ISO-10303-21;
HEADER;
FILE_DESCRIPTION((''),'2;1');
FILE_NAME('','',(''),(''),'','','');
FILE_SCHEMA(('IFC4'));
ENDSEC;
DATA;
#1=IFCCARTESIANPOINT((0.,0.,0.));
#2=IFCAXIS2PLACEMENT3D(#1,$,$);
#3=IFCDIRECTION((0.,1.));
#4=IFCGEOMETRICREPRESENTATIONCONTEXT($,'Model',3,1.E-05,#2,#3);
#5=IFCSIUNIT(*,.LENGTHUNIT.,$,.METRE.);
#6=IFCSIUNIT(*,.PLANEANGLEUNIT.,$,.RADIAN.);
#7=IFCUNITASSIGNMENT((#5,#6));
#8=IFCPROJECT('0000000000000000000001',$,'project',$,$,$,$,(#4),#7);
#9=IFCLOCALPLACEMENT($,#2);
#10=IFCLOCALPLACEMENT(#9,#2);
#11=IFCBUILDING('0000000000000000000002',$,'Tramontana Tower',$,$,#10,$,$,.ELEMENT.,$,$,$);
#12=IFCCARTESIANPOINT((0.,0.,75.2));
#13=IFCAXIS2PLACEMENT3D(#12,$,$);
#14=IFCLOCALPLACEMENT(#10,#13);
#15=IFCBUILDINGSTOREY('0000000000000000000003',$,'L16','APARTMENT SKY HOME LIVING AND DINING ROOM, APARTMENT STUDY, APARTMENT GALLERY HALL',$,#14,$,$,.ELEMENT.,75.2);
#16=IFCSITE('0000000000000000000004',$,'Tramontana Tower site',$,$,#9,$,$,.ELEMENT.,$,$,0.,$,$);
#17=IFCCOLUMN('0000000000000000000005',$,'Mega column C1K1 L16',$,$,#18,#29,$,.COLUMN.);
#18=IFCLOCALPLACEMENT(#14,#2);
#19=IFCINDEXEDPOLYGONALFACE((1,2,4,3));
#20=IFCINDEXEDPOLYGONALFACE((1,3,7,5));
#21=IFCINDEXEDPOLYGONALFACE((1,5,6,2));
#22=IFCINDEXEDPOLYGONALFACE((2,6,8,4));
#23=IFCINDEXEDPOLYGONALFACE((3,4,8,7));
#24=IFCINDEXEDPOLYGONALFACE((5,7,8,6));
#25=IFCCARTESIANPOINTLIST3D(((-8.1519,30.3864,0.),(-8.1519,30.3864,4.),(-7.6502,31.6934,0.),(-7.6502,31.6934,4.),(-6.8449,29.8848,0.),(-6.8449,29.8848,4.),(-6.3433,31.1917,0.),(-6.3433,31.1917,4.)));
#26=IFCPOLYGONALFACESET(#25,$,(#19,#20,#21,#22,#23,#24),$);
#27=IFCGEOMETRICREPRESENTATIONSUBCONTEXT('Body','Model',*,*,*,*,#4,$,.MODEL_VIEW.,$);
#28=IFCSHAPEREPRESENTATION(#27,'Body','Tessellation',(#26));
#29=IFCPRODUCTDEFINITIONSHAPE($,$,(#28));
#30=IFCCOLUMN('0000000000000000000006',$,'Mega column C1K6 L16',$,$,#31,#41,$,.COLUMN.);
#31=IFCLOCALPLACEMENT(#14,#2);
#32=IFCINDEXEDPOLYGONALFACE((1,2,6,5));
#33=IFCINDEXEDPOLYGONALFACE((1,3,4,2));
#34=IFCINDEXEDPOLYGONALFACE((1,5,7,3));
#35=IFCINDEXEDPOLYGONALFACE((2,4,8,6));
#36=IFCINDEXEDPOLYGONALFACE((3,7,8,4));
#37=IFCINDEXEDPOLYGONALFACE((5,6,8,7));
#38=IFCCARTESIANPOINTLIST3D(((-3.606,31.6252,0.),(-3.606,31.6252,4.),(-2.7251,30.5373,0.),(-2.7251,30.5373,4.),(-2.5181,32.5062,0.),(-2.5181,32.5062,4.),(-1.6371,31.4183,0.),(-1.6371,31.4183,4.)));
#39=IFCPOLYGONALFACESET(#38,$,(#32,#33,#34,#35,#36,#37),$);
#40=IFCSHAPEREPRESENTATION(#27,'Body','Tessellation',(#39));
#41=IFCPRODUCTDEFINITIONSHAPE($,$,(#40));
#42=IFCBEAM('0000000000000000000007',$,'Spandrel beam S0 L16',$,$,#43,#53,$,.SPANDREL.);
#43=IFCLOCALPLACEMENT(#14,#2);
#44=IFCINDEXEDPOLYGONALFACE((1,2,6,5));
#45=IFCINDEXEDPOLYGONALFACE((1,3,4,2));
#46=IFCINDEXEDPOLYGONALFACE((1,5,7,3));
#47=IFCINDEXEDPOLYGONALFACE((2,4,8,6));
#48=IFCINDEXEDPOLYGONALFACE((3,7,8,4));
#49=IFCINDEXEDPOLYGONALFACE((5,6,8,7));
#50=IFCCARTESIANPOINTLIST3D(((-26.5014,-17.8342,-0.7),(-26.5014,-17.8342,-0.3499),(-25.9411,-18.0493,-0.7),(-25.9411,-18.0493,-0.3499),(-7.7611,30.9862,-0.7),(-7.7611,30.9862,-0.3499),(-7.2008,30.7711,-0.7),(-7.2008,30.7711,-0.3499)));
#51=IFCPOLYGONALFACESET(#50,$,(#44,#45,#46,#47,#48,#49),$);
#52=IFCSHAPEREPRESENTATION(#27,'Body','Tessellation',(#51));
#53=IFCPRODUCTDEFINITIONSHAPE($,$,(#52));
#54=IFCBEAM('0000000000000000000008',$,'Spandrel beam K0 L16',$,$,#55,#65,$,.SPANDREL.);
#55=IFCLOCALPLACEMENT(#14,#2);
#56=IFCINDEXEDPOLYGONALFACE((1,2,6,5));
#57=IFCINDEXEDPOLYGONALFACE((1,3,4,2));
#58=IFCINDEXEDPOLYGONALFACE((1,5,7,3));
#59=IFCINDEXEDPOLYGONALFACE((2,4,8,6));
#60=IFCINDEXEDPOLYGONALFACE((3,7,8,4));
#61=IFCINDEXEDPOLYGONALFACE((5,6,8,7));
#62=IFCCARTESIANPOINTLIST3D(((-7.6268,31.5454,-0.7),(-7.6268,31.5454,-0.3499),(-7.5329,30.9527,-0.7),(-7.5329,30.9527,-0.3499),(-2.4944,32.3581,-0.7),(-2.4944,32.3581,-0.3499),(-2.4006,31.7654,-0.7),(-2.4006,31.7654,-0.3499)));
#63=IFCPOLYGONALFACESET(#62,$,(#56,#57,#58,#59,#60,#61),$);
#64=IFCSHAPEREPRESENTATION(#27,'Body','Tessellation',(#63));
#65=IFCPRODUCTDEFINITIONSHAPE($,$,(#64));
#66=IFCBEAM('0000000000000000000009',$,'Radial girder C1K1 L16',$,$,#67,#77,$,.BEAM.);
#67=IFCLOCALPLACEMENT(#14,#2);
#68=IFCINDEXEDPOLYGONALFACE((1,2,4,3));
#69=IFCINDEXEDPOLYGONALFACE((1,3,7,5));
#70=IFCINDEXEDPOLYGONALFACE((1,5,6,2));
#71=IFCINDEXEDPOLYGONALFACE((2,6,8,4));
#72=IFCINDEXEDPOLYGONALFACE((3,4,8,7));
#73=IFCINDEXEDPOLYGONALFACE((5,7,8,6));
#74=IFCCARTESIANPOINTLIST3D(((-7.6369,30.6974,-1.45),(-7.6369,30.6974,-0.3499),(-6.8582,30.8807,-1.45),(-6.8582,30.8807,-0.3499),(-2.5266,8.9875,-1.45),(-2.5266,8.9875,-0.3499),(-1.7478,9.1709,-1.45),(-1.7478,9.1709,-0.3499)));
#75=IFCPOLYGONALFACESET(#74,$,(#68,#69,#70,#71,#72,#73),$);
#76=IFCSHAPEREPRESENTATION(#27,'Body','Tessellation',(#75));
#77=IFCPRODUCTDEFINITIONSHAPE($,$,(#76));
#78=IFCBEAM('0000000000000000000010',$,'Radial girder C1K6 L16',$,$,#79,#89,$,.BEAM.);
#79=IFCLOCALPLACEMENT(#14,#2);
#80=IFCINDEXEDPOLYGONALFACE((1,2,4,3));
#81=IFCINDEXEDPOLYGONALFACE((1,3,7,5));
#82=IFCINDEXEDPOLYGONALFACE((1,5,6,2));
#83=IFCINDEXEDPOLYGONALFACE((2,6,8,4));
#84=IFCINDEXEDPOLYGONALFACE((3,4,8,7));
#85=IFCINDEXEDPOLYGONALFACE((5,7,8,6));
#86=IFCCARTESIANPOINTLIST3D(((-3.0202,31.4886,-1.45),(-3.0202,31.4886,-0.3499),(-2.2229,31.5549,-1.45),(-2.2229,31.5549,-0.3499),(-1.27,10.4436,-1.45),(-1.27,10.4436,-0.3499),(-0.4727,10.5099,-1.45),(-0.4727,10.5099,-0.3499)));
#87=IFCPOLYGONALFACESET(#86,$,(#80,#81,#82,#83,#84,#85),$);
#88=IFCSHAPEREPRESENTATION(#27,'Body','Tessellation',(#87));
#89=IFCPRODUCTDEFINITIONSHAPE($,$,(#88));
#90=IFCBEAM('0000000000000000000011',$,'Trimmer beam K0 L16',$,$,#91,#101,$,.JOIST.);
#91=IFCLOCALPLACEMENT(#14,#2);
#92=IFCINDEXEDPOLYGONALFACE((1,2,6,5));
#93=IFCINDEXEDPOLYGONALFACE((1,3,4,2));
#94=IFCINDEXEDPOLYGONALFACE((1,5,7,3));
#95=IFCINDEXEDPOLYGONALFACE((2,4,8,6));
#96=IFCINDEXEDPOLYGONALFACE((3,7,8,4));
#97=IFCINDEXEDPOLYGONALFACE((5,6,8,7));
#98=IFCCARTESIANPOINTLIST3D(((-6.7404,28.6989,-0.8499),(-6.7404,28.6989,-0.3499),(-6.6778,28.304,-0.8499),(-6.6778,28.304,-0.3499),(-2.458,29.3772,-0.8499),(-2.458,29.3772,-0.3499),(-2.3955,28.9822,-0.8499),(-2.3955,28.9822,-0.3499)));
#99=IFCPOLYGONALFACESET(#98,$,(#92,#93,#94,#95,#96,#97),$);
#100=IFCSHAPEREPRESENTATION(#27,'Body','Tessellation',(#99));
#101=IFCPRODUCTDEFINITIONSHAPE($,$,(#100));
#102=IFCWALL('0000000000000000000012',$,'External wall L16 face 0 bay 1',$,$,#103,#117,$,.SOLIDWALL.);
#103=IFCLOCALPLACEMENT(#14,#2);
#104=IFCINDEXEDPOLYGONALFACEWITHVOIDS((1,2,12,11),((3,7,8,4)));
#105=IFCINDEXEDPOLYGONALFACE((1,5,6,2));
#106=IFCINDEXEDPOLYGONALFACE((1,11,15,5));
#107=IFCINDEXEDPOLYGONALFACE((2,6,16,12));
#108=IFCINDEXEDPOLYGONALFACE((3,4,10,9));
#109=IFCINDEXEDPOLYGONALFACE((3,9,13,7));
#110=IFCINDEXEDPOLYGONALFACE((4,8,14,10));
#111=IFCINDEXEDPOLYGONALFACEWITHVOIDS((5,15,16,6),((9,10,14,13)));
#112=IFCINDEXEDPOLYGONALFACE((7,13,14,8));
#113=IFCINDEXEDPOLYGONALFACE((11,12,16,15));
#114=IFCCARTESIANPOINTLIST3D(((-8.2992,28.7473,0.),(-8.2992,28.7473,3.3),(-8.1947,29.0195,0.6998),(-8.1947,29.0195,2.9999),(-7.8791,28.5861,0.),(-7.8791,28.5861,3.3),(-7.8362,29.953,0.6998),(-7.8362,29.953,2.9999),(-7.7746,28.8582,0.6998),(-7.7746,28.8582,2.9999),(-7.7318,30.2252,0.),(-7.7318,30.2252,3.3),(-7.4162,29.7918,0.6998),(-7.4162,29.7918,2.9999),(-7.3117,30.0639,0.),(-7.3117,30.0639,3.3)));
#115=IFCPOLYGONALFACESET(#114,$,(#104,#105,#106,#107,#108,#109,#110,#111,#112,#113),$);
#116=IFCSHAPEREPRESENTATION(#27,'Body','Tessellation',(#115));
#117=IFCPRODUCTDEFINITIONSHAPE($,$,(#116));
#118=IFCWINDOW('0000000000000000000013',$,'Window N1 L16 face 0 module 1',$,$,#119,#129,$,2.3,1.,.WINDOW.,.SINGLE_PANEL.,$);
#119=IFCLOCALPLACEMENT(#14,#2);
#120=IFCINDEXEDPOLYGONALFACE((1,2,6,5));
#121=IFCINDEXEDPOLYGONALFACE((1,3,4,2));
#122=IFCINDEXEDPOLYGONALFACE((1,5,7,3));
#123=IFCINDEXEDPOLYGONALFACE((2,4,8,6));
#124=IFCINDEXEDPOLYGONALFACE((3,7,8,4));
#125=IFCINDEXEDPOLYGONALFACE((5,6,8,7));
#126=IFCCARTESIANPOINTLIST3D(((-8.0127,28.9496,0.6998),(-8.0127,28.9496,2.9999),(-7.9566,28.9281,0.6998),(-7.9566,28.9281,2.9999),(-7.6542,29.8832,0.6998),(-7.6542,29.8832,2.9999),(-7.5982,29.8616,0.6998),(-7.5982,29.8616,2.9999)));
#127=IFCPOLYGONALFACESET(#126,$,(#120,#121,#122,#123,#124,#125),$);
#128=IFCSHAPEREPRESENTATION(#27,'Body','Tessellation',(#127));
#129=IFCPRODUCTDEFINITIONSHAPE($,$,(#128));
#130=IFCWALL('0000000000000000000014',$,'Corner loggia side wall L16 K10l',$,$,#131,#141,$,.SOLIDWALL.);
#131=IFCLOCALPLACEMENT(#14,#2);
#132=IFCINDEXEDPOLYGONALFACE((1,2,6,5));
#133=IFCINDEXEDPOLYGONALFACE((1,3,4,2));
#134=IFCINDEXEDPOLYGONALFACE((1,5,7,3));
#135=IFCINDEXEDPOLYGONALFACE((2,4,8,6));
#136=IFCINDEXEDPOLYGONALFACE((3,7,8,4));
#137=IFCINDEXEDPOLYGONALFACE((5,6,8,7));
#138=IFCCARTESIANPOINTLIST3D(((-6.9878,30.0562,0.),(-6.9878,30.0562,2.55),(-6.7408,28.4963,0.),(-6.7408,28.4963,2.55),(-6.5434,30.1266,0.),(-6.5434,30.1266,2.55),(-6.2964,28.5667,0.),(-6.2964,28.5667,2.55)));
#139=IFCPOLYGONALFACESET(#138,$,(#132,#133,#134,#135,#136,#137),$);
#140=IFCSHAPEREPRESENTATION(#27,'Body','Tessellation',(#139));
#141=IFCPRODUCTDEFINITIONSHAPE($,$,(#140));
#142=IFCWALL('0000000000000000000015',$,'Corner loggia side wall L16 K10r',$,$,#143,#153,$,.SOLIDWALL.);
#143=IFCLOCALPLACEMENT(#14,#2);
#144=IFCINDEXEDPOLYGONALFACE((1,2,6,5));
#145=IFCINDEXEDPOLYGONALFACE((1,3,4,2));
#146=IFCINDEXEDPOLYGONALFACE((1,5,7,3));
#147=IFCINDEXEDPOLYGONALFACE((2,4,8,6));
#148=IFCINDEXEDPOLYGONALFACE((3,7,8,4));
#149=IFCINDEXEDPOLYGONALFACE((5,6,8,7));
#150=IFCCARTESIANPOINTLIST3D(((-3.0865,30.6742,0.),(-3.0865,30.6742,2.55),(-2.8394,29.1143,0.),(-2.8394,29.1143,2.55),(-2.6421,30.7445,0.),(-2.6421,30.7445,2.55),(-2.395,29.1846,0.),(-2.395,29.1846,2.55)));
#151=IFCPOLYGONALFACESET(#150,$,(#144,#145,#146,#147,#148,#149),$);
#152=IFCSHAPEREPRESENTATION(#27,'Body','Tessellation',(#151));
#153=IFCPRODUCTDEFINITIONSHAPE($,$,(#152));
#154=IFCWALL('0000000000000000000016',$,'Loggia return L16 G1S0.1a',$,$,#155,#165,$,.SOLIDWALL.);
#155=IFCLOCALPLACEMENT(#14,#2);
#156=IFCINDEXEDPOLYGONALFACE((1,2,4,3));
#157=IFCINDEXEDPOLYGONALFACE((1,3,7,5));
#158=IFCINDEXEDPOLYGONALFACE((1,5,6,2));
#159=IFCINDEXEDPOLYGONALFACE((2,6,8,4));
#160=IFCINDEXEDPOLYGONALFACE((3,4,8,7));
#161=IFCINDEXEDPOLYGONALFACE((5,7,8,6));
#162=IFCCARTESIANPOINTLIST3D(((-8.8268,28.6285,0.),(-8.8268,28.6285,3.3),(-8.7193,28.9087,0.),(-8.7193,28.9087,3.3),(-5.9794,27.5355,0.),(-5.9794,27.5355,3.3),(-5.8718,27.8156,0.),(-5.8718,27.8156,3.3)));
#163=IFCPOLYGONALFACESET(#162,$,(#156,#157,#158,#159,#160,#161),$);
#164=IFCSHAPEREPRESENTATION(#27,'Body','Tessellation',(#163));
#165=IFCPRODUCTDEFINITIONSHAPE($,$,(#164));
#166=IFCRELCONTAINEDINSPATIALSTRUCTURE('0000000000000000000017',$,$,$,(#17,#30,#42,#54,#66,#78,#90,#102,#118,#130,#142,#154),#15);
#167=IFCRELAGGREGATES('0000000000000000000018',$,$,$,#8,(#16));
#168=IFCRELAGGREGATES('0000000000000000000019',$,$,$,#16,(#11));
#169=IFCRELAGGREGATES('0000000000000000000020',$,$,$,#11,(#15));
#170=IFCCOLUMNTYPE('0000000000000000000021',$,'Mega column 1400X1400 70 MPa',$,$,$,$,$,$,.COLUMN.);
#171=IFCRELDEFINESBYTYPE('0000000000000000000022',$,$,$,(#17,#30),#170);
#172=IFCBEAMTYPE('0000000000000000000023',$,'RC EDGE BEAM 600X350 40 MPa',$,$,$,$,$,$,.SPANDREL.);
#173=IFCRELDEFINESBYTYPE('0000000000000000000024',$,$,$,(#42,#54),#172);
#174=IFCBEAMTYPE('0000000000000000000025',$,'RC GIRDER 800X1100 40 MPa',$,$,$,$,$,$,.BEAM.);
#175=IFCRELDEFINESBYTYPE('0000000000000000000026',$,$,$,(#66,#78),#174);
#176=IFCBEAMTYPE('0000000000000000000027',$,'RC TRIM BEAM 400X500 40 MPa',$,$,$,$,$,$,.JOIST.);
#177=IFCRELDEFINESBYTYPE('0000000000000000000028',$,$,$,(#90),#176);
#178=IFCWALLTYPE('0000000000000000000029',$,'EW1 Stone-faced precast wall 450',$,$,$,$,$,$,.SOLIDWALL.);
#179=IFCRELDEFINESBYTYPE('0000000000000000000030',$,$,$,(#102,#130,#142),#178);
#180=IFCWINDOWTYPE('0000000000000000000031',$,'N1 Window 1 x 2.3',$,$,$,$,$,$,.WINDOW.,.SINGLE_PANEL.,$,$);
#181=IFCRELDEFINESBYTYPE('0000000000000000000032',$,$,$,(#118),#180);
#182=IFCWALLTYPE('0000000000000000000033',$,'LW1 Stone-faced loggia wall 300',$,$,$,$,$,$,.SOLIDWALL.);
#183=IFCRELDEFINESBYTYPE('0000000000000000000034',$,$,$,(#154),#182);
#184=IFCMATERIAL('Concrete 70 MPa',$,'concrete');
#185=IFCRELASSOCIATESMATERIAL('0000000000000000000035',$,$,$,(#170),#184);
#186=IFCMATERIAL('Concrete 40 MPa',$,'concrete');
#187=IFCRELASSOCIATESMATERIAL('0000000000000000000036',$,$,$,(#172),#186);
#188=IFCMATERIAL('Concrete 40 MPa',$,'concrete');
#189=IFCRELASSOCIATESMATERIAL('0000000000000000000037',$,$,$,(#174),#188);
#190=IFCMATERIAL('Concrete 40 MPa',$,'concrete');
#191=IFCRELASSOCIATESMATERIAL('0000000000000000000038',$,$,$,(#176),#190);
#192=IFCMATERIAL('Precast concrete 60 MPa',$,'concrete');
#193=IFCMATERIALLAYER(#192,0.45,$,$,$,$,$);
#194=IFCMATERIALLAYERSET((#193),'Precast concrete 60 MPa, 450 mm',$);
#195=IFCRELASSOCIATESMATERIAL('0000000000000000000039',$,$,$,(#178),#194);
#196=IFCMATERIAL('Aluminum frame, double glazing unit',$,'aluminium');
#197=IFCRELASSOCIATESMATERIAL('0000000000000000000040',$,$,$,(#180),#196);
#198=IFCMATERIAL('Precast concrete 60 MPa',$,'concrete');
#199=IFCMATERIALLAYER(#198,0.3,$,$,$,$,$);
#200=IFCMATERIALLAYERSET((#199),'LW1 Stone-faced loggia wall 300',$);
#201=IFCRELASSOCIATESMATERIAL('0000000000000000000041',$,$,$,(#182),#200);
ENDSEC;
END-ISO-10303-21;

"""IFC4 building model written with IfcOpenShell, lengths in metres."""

from ifc_helpers import new_model, si_unit, direction, frame, frame_2d, origin, origin_2d, place, context, subcontext, project, spatial, rectangle, extrude, material, layer, layer_set, material_profile, profile_set, type_object, element, fill, save


model = new_model("IFC4")

# Units and contexts
model_context = context("Model", 3, precision=1e-05, world=origin(), true_north=direction((0.0, 1.0)))
body_context = subcontext(model_context, "Body", "Model", "MODEL_VIEW")
ifc_project = project(units=[si_unit("LENGTHUNIT", "METRE"), si_unit("PLANEANGLEUNIT", "RADIAN")], contexts=[model_context])

# Site, building, storey
site_placement = place(None, origin())
site = spatial("IfcSite", under=ifc_project, at=site_placement, Name="Tramontana Tower site", CompositionType="ELEMENT", RefElevation=0.0)
building_placement = place(site_placement, origin())
building = spatial("IfcBuilding", under=site, at=building_placement, Name="Tramontana Tower", CompositionType="ELEMENT")
storey_placement = place(building_placement, frame((0.0, 0.0, 75.2)))
storey = spatial("IfcBuildingStorey", under=building, at=storey_placement, Name="L16", Description="APARTMENT SKY HOME LIVING AND DINING ROOM, APARTMENT STUDY, APARTMENT GALLERY HALL", CompositionType="ELEMENT", Elevation=75.2)

# Columns
ifc_material_1 = material(Name="Concrete 70 MPa", Category="concrete")
ifc_material_profile_1 = material_profile(ifc_material_1, rectangle(XDim=1.3999, YDim=1.3999, at=origin_2d()), Name="Mega column 1400X1400 70 MPa")
ifc_profile_set_1 = profile_set([ifc_material_profile_1], Name="Concrete 70 MPa")
column_type = type_object("IfcColumnType", Name="Mega column 1400X1400 70 MPa", PredefinedType="COLUMN", material=ifc_profile_set_1)
for number, where, z_axis, x_axis, name in (
    (1, (-7.2476, 30.7891, 0.0), (0.0, 0.0, 1.0), (-0.358368, -0.93358, 0.0), "Mega column C1K1 L16"),
    (2, (-2.6216, 31.5217, 0.0), (0.0, 0.0, 1.0), (-0.62932, 0.777146, 0.0), "Mega column C1K6 L16"),
):
    element("IfcColumn", number, at=place(storey_placement, frame(where, z_axis=z_axis, x_axis=x_axis)), inside=storey, type_object=column_type, Name=name, PredefinedType="COLUMN", context=body_context, shape_type="SweptSolid", body=[
        extrude(rectangle(XDim=1.3999, YDim=1.3999, at=origin_2d()), origin(), (0.0, 0.0, 1.0), 4.0),
    ])

# Beams
ifc_material_2 = material(Name="Concrete 40 MPa", Category="concrete")
ifc_material_profile_2 = material_profile(ifc_material_2, rectangle(XDim=0.6001, YDim=0.3501, at=origin_2d()), Name="RC EDGE BEAM 600X350 40 MPa")
ifc_profile_set_2 = profile_set([ifc_material_profile_2], Name="Concrete 40 MPa")
beam_type_1 = type_object("IfcBeamType", Name="RC EDGE BEAM 600X350 40 MPa", PredefinedType="SPANDREL", material=ifc_profile_set_2)
beam_1_placement = place(storey_placement, frame((-7.481, 30.8787, -0.5249), z_axis=(-0.358366, -0.933581, 0.0), x_axis=(0.933581, -0.358366, 0.0)))
element("IfcBeam", 3, at=beam_1_placement, inside=storey, type_object=beam_type_1, Name="Spandrel beam S0 L16", PredefinedType="SPANDREL", context=body_context, shape_type="SweptSolid", body=[
    extrude(rectangle(XDim=0.6001, YDim=0.3501, at=origin_2d()), origin(), (0.0, 0.0, 1.0), 52.2937),
])
beam_2_placement = place(storey_placement, frame((-2.4475, 32.0618, -0.5249), z_axis=(-0.987692, -0.156409, 0.0), x_axis=(0.156409, -0.987692, 0.0)))
element("IfcBeam", 4, at=beam_2_placement, inside=storey, type_object=beam_type_1, Name="Spandrel beam K0 L16", PredefinedType="SPANDREL", context=body_context, shape_type="SweptSolid", body=[
    extrude(rectangle(XDim=0.6001, YDim=0.3501, at=origin_2d()), origin(), (0.0, 0.0, 1.0), 5.1963),
])
ifc_material_3 = material(Name="Concrete 40 MPa", Category="concrete")
ifc_material_profile_3 = material_profile(ifc_material_3, rectangle(XDim=0.8, YDim=1.1001, at=origin_2d()), Name="RC GIRDER 800X1100 40 MPa")
ifc_profile_set_3 = profile_set([ifc_material_profile_3], Name="Concrete 40 MPa")
beam_type_2 = type_object("IfcBeamType", Name="RC GIRDER 800X1100 40 MPa", PredefinedType="BEAM", material=ifc_profile_set_3)
beam_3_placement = place(storey_placement, frame((-7.2476, 30.7891, -0.8999), z_axis=(0.22913, -0.973396, 0.0), x_axis=(0.973396, 0.22913, 0.0)))
element("IfcBeam", 5, at=beam_3_placement, inside=storey, type_object=beam_type_2, Name="Radial girder C1K1 L16", PredefinedType="BEAM", context=body_context, shape_type="SweptSolid", body=[
    extrude(rectangle(XDim=0.8, YDim=1.1001, at=origin_2d()), origin(), (0.0, 0.0, 1.0), 22.3032),
])
beam_4_placement = place(storey_placement, frame((-2.6216, 31.5217, -0.8999), z_axis=(0.082881, -0.996559, 0.0), x_axis=(0.996559, 0.082881, 0.0)))
element("IfcBeam", 6, at=beam_4_placement, inside=storey, type_object=beam_type_2, Name="Radial girder C1K6 L16", PredefinedType="BEAM", context=body_context, shape_type="SweptSolid", body=[
    extrude(rectangle(XDim=0.8, YDim=1.1001, at=origin_2d()), origin(), (0.0, 0.0, 1.0), 21.1177),
])
ifc_material_4 = material(Name="Concrete 40 MPa", Category="concrete")
ifc_material_profile_4 = material_profile(ifc_material_4, rectangle(XDim=0.3999, YDim=0.5, at=origin_2d()), Name="RC TRIM BEAM 400X500 40 MPa")
ifc_profile_set_4 = profile_set([ifc_material_profile_4], Name="Concrete 40 MPa")
beam_type_3 = type_object("IfcBeamType", Name="RC TRIM BEAM 400X500 40 MPa", PredefinedType="JOIST", material=ifc_profile_set_4)
beam_5_placement = place(storey_placement, frame((-2.4268, 29.1797, -0.5999), z_axis=(-0.987689, -0.156431, 0.0), x_axis=(0.156431, -0.987689, 0.0)))
element("IfcBeam", 7, at=beam_5_placement, inside=storey, type_object=beam_type_3, Name="Trimmer beam K0 L16", PredefinedType="JOIST", context=body_context, shape_type="SweptSolid", body=[
    extrude(rectangle(XDim=0.3999, YDim=0.5, at=origin_2d()), origin(), (0.0, 0.0, 1.0), 4.3357),
])

# Wall, opening, window
ifc_material_5 = material(Name="Precast concrete 60 MPa", Category="concrete")
ifc_layer_1 = layer(ifc_material_5, 0.45)
ifc_layer_set_1 = layer_set([ifc_layer_1], Name="Precast concrete 60 MPa, 450 mm")
wall_type_1 = type_object("IfcWallType", Name="EW1 Stone-faced precast wall 450", PredefinedType="SOLIDWALL", material=ifc_layer_set_1)
wall_1_placement = place(storey_placement, frame((-7.5217, 30.1445, 0.0), z_axis=(0.0, 0.0, 1.0), x_axis=(-0.358431, -0.933556, 0.0)))
wall_1 = element("IfcWall", 8, at=wall_1_placement, inside=storey, type_object=wall_type_1, Name="External wall L16 face 0 bay 1", PredefinedType="SOLIDWALL", context=body_context, shape_type="SweptSolid", body=[
    extrude(rectangle(XDim=1.583, YDim=0.45, at=frame_2d((0.7915, 0.0))), origin(), (0.0, 0.0, 1.0), 3.3),
])
opening_1_placement = place(wall_1_placement, frame((0.2915, 0.0, 0.7)))
opening_1 = element("IfcOpeningElement", 9, at=opening_1_placement, cuts=wall_1, PredefinedType="OPENING", context=body_context, shape_type="SweptSolid", body=[
    extrude(rectangle(XDim=1.0, YDim=2.3, at=frame_2d((0.5, 1.1499))), frame((0.0, 0.2349, 0.0), z_axis=(0.0, -1.0, 0.0), x_axis=(1.0, 0.0, 0.0)), (0.0, 0.0, 1.0), 0.47),
])
ifc_material_6 = material(Name="Aluminum frame, double glazing unit", Category="aluminium")
window_type = type_object("IfcWindowType", Name="N1 Window 1 x 2.3", PartitioningType="SINGLE_PANEL", PredefinedType="WINDOW", material=ifc_material_6)
window_placement = place(opening_1_placement, origin())
window = element("IfcWindow", 10, at=window_placement, inside=storey, type_object=window_type, Name="Window N1 L16 face 0 module 1", OverallHeight=2.3, OverallWidth=1.0, PartitioningType="SINGLE_PANEL", PredefinedType="WINDOW", context=body_context, shape_type="SweptSolid", body=[
    extrude(rectangle(XDim=1.0, YDim=2.3, at=frame_2d((0.5, 1.1499))), frame((0.0, 0.03, 0.0), z_axis=(0.0, -1.0, 0.0), x_axis=(1.0, 0.0, 0.0)), (0.0, 0.0, 1.0), 0.0601),
])
fill(opening_1, window)

# Walls
for number, where, z_axis, x_axis, name in (
    (11, (-6.7656, 30.0913, 0.0), (0.0, 0.0, 1.0), (0.156447, -0.987686, 0.0), "Corner loggia side wall L16 K10l"),
    (12, (-2.8643, 30.7092, 0.0), (0.0, 0.0, 1.0), (0.156447, -0.987686, 0.0), "Corner loggia side wall L16 K10r"),
):
    element("IfcWall", number, at=place(storey_placement, frame(where, z_axis=z_axis, x_axis=x_axis)), inside=storey, type_object=wall_type_1, Name=name, PredefinedType="SOLIDWALL", context=body_context, shape_type="SweptSolid", body=[
        extrude(rectangle(XDim=1.5793, YDim=0.45, at=frame_2d((0.7896, 0.0))), origin(), (0.0, 0.0, 1.0), 2.55),
    ])

# Wall
ifc_material_7 = material(Name="Precast concrete 60 MPa", Category="concrete")
ifc_layer_2 = layer(ifc_material_7, 0.3)
ifc_layer_set_2 = layer_set([ifc_layer_2], Name="LW1 Stone-faced loggia wall 300")
wall_type_2 = type_object("IfcWallType", Name="LW1 Stone-faced loggia wall 300", PredefinedType="SOLIDWALL", material=ifc_layer_set_2)
wall_2_placement = place(storey_placement, frame((-8.7729, 28.7686, 0.0), z_axis=(0.0, 0.0, 1.0), x_axis=(0.933581, -0.358368, 0.0)))
element("IfcWall", 13, at=wall_2_placement, inside=storey, type_object=wall_type_2, Name="Loggia return L16 G1S0.1a", PredefinedType="SOLIDWALL", context=body_context, shape_type="SweptSolid", body=[
    extrude(rectangle(XDim=3.05, YDim=0.3, at=frame_2d((1.5249, 0.0))), origin(), (0.0, 0.0, 1.0), 3.3),
])

save(model, "model.ifc")
